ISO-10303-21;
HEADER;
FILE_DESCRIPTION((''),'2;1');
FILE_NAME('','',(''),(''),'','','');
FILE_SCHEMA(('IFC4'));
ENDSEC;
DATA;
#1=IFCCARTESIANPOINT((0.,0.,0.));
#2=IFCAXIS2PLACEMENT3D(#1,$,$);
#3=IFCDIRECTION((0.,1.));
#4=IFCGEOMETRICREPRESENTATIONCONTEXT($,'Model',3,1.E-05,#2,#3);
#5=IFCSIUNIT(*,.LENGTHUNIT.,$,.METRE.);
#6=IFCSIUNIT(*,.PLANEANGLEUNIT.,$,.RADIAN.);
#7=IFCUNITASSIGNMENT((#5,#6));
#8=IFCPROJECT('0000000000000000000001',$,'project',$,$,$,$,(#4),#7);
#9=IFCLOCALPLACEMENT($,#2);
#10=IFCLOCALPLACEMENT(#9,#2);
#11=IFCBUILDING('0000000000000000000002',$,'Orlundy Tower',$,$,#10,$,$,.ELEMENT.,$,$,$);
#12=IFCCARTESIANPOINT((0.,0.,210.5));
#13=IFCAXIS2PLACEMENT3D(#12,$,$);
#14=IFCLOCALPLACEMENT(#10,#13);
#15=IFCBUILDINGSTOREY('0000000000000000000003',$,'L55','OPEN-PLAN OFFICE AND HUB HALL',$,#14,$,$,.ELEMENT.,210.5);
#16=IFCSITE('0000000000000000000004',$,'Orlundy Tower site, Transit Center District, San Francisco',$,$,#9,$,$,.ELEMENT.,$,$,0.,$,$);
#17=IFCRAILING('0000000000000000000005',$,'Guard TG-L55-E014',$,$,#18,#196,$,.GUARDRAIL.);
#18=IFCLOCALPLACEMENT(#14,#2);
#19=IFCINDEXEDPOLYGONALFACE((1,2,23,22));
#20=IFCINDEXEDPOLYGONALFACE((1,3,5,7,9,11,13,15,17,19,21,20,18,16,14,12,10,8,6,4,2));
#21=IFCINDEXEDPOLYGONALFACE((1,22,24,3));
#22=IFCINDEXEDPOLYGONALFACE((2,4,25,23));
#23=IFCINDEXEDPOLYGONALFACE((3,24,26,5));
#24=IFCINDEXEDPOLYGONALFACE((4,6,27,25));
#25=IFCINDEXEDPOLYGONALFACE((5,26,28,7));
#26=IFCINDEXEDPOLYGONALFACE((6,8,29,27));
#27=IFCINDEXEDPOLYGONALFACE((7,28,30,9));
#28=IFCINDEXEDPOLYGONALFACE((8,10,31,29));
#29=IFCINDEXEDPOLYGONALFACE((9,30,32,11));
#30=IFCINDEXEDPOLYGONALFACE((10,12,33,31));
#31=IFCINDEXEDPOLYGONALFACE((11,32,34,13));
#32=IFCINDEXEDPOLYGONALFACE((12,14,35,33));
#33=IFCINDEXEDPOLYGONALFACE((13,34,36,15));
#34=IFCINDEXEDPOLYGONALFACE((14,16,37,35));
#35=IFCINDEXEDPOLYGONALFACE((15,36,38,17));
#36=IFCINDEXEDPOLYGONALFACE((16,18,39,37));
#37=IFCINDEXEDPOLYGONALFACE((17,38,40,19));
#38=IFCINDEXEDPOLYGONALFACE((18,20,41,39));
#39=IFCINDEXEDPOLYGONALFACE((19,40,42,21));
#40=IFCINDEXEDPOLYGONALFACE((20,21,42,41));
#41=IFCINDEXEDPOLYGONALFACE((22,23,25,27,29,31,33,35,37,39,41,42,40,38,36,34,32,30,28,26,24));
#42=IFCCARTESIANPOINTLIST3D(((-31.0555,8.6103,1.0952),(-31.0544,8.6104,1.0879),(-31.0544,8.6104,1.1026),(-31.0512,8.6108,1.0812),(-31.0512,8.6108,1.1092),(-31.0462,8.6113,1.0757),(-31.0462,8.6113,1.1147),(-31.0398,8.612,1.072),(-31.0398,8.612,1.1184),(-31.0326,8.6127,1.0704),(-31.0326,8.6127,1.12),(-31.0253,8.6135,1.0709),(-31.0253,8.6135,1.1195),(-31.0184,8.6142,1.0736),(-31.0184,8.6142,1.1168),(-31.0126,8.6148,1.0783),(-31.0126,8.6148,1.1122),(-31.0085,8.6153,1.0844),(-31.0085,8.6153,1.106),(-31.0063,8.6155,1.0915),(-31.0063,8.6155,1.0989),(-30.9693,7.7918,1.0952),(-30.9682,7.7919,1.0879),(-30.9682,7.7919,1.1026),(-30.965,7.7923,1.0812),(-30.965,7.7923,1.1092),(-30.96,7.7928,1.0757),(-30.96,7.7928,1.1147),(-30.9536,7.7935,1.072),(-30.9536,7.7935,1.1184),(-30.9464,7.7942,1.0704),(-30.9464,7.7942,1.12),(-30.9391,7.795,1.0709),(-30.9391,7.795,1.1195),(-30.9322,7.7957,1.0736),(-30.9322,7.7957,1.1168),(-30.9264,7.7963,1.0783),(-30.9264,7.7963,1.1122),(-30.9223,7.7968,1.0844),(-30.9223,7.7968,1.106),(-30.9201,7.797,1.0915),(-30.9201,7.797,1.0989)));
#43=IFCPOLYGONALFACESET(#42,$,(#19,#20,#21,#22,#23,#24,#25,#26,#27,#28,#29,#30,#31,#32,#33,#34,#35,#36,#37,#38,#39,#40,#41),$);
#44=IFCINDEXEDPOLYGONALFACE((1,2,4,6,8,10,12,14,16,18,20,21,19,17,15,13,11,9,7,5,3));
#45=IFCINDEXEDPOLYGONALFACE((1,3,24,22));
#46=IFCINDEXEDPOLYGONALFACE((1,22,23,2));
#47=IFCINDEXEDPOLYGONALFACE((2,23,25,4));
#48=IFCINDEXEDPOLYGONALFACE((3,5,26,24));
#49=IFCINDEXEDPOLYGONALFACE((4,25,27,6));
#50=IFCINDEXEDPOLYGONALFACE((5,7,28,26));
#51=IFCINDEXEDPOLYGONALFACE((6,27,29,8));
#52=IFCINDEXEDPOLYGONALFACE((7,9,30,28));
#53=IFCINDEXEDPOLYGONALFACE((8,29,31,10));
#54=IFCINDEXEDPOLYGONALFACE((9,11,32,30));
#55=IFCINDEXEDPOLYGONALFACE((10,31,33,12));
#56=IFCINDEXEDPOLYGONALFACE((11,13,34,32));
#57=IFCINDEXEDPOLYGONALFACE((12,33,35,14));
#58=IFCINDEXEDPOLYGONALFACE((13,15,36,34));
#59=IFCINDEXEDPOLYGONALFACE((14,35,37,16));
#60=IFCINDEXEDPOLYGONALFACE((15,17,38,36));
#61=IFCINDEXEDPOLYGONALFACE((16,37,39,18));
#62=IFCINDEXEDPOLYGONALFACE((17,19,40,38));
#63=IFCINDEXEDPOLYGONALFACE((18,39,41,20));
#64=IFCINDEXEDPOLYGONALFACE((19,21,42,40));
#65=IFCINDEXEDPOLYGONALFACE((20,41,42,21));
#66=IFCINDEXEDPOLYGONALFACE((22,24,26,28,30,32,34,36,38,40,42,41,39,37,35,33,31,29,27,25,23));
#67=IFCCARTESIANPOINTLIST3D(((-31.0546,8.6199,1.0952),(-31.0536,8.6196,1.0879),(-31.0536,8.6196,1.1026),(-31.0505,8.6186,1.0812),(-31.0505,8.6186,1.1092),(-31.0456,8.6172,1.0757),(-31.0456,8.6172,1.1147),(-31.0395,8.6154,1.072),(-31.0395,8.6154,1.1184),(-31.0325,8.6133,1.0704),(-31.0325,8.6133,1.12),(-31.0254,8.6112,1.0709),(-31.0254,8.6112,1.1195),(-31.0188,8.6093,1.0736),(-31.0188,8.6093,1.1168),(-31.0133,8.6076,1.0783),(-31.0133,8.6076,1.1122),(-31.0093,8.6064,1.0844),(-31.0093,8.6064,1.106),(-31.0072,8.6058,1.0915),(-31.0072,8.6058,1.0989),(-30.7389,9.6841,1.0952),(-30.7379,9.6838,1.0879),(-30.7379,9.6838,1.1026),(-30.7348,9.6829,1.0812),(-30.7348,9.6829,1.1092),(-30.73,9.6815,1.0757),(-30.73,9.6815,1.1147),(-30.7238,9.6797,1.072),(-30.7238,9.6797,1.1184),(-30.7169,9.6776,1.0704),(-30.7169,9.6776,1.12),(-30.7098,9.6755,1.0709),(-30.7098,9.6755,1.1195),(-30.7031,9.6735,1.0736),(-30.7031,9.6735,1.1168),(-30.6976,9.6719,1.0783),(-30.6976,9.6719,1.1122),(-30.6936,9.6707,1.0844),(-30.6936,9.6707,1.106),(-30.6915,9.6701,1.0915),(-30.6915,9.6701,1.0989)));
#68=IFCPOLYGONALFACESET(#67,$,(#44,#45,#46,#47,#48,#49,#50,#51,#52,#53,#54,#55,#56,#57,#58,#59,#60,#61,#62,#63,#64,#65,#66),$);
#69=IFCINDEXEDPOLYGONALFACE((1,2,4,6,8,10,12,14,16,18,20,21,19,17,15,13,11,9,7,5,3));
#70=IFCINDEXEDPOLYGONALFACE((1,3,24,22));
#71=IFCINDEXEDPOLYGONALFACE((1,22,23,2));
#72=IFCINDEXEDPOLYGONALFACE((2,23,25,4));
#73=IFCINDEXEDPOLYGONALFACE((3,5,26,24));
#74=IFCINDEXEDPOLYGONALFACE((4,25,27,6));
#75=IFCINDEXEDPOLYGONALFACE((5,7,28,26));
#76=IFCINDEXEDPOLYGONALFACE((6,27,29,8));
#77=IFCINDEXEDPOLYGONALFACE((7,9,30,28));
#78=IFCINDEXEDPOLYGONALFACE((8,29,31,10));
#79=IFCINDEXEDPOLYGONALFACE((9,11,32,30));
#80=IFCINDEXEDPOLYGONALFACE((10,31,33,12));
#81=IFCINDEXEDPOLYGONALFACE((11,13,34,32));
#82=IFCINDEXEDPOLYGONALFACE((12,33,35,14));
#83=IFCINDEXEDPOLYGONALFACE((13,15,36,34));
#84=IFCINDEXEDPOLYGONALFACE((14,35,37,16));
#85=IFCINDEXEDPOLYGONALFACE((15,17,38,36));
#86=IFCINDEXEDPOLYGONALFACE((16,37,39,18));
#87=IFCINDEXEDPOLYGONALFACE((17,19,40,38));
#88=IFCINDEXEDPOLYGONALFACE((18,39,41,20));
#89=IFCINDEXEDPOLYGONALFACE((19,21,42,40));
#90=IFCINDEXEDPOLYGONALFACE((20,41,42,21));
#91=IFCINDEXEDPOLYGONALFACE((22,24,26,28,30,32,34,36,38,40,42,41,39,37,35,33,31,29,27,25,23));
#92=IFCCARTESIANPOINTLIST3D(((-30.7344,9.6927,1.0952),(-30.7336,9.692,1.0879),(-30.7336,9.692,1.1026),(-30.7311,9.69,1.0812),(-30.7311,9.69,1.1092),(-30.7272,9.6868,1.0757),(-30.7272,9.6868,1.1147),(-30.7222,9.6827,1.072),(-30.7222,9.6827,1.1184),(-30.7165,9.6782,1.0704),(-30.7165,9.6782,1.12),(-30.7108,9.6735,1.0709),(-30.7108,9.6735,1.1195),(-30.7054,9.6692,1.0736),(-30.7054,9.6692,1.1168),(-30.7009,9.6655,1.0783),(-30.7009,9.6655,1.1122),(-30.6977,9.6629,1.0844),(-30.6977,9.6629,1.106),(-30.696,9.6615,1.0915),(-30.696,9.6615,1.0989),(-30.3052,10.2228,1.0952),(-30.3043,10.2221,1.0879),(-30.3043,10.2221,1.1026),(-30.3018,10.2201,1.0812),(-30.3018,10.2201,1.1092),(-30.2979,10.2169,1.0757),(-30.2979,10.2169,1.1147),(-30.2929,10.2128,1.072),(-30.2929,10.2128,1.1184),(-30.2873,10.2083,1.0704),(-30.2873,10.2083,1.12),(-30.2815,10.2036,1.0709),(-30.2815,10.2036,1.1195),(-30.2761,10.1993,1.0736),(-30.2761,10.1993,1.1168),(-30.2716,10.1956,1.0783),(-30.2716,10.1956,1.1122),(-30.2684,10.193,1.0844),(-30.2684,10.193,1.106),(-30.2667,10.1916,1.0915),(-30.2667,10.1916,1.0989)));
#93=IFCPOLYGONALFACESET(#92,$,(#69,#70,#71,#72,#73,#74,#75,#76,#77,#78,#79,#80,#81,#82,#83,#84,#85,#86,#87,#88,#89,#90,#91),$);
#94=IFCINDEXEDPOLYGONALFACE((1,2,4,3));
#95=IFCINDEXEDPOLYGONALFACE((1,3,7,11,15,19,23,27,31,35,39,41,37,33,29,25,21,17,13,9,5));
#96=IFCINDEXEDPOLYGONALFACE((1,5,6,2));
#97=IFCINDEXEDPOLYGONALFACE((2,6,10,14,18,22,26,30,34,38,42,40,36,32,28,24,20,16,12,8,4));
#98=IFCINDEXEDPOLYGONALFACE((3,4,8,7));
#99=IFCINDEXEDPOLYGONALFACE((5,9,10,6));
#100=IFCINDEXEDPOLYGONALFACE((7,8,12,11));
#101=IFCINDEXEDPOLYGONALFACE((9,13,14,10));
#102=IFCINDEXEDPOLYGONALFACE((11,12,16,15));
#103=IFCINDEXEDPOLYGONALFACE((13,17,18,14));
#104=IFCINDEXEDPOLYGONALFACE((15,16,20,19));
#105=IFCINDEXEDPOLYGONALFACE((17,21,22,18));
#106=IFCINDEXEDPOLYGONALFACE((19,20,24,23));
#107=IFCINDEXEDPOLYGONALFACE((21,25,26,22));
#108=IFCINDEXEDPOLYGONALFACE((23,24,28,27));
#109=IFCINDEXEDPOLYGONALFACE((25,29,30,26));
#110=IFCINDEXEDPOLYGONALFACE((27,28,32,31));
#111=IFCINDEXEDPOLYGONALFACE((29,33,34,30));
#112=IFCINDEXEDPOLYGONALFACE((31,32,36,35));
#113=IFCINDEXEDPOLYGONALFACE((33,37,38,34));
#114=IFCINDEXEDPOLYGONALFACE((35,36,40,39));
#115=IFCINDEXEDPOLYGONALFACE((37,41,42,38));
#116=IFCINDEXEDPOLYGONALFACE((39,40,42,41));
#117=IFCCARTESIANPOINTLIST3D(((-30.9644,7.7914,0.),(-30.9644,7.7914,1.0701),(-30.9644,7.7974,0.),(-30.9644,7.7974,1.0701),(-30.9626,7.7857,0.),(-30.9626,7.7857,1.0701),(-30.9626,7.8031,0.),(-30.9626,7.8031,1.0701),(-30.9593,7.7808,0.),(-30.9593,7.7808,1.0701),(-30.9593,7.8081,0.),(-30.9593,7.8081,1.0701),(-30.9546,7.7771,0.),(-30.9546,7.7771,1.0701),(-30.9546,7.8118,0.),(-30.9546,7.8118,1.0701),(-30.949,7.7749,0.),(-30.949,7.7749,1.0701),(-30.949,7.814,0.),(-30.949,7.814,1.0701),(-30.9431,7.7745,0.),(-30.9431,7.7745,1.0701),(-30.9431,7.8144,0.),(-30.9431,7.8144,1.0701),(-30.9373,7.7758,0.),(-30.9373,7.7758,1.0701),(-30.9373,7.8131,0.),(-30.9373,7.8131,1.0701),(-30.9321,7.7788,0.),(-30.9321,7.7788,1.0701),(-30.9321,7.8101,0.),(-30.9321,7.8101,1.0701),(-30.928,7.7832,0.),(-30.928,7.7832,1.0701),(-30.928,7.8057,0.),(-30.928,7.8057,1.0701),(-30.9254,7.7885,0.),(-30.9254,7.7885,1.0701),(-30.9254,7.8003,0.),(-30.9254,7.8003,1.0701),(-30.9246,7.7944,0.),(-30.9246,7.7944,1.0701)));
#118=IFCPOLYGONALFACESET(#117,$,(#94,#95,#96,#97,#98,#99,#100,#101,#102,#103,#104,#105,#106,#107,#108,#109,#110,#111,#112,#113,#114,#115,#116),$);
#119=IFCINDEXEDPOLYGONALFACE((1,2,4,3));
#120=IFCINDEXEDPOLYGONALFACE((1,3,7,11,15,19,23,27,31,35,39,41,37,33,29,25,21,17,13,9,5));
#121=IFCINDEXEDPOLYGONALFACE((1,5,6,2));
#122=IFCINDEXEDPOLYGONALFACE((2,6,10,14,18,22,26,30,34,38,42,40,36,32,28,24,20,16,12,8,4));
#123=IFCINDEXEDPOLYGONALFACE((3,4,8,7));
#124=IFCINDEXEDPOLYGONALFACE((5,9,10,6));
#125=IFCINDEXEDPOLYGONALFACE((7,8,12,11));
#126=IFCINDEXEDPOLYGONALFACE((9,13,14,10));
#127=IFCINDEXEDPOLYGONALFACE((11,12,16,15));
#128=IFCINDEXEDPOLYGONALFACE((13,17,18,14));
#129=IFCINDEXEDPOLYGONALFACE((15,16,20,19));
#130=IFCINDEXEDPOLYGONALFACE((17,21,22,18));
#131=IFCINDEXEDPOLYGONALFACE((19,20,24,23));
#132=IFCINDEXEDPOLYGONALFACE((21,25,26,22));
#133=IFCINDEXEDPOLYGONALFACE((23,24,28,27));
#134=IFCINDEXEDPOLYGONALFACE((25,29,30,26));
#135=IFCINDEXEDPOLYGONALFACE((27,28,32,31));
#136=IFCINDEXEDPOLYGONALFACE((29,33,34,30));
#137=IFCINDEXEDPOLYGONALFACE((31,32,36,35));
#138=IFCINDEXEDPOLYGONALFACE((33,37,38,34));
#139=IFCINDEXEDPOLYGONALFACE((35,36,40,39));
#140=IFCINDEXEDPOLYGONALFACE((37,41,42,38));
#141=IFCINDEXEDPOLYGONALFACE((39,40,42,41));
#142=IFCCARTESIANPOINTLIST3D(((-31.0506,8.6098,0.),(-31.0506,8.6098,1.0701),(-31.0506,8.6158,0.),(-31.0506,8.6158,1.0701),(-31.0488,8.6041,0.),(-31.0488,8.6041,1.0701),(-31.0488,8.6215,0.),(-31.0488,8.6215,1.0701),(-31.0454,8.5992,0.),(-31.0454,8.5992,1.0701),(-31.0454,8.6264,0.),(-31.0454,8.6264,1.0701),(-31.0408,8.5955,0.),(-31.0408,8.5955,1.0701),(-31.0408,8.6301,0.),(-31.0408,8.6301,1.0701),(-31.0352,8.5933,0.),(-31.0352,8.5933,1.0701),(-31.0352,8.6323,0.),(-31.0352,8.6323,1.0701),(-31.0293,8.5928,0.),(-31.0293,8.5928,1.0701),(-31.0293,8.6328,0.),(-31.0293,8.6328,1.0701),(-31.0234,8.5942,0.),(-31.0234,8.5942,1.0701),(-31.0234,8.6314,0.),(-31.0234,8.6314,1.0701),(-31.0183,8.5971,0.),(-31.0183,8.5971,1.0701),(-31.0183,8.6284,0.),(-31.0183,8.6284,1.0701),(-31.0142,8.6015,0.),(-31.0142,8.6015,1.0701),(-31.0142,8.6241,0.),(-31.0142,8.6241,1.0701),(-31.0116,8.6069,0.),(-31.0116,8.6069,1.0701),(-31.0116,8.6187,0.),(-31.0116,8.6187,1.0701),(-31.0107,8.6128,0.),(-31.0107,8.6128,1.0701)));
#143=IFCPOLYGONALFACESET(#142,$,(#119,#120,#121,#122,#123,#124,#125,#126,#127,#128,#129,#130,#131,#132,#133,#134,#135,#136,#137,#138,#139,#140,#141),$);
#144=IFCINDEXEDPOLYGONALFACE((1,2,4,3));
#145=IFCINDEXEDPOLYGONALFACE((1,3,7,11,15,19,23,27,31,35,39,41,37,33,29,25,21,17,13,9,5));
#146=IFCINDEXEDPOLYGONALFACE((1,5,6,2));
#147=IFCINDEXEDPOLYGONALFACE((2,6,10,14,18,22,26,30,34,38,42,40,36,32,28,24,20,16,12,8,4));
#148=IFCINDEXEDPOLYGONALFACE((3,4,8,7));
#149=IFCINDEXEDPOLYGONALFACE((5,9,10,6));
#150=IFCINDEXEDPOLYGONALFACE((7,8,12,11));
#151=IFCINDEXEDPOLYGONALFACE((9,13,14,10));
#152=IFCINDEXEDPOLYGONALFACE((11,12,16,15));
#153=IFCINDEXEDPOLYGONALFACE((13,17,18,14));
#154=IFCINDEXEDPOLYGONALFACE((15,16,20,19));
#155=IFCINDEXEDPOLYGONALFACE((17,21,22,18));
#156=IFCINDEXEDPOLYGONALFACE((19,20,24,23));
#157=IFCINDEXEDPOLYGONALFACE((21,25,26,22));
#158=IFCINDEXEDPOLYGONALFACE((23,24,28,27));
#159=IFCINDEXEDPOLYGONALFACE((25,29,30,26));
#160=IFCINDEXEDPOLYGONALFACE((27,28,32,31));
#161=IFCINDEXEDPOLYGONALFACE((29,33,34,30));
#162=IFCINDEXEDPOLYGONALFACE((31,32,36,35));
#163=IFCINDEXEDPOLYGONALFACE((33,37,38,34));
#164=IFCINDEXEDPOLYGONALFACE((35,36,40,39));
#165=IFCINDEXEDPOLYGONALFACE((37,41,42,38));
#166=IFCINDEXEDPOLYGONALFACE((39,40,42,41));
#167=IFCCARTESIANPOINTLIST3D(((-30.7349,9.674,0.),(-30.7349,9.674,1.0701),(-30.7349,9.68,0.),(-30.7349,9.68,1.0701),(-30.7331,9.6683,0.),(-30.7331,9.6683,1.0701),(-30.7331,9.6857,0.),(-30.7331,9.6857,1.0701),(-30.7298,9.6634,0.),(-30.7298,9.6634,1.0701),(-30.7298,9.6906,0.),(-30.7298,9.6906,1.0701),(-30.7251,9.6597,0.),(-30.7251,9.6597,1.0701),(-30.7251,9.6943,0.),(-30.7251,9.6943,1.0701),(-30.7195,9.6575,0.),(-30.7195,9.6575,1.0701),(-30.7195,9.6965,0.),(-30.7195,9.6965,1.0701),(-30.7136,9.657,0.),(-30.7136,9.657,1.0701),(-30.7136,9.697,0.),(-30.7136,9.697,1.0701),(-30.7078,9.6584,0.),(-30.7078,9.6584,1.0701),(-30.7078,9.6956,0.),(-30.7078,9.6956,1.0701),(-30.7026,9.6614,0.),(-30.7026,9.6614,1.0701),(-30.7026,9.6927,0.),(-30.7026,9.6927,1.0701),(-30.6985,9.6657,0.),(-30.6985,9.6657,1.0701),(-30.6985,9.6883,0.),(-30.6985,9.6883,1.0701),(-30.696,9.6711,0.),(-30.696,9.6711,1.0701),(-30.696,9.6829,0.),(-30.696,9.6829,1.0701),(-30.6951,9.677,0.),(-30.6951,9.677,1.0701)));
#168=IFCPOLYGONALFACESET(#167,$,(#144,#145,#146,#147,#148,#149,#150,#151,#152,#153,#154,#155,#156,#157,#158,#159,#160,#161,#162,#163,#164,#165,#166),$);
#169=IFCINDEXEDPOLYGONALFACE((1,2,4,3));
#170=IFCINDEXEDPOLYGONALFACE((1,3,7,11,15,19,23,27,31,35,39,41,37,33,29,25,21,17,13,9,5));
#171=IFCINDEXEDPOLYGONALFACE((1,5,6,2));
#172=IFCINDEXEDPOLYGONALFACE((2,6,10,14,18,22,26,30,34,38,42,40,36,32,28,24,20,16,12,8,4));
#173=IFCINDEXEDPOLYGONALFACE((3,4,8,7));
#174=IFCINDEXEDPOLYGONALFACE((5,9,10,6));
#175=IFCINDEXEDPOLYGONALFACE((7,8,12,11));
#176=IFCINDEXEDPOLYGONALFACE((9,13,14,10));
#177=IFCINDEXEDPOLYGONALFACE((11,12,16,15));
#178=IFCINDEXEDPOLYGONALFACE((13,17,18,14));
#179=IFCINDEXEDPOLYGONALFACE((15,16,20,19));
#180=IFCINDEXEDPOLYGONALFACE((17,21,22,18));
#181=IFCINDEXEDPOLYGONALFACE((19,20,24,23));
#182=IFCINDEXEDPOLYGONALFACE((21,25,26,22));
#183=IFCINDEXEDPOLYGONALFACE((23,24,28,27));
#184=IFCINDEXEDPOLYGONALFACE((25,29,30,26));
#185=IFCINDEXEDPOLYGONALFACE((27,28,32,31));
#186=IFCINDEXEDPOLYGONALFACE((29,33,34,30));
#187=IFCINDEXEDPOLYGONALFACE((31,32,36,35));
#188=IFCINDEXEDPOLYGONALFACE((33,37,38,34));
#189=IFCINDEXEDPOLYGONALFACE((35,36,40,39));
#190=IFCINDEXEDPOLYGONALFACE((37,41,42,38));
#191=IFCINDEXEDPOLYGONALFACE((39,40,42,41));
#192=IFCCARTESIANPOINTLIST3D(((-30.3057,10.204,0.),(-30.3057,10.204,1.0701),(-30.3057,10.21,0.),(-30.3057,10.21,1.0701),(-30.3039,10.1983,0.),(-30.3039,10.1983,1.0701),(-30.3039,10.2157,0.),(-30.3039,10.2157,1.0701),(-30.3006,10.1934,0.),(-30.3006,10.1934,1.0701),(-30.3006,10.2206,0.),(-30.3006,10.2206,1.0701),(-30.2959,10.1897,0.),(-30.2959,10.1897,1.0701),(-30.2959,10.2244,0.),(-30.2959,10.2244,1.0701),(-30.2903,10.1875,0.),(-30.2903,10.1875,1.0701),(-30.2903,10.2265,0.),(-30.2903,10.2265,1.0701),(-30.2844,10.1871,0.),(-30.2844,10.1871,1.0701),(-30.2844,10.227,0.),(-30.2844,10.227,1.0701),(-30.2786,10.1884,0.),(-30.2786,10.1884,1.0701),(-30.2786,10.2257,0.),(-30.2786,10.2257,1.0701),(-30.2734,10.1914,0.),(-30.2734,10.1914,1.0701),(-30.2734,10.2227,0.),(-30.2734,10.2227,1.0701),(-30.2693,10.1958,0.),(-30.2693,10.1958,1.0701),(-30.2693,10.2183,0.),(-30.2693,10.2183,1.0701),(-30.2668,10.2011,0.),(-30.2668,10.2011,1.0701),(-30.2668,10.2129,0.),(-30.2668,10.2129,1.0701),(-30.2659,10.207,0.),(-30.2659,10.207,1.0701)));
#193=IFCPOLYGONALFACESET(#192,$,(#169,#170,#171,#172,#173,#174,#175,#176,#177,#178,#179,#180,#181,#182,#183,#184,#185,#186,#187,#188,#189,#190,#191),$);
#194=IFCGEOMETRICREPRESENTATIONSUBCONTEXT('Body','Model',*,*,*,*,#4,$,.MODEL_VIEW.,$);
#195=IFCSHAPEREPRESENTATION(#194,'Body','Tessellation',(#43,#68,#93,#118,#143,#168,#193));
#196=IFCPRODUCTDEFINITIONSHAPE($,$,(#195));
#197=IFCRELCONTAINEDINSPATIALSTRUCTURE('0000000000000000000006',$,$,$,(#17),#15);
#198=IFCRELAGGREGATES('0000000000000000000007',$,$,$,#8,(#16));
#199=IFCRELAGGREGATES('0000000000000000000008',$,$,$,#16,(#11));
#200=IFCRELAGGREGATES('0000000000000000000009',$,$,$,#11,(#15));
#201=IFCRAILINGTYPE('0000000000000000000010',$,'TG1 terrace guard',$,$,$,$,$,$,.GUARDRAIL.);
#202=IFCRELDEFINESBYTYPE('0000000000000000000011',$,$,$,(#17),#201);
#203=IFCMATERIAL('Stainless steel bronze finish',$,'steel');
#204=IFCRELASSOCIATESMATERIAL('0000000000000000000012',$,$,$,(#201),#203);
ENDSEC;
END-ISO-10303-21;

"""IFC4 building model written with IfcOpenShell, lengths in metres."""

from ifc_helpers import new_model, si_unit, direction, frame, origin, origin_2d, place, context, subcontext, project, spatial, circle, extrude, material, type_object, element, save


model = new_model("IFC4")

# Units and contexts
model_context = context("Model", 3, precision=1e-05, world=origin(), true_north=direction((0.0, 1.0)))
body_context = subcontext(model_context, "Body", "Model", "MODEL_VIEW")
ifc_project = project(units=[si_unit("LENGTHUNIT", "METRE"), si_unit("PLANEANGLEUNIT", "RADIAN")], contexts=[model_context])

# Site, building, storey
site_placement = place(None, origin())
site = spatial("IfcSite", under=ifc_project, at=site_placement, Name="Orlundy Tower site, Transit Center District, San Francisco", CompositionType="ELEMENT", RefElevation=0.0)
building_placement = place(site_placement, origin())
building = spatial("IfcBuilding", under=site, at=building_placement, Name="Orlundy Tower", CompositionType="ELEMENT")
storey_placement = place(building_placement, frame((0.0, 0.0, 210.5)))
storey = spatial("IfcBuildingStorey", under=building, at=storey_placement, Name="L55", Description="OPEN-PLAN OFFICE AND HUB HALL", CompositionType="ELEMENT", Elevation=210.5)

# Railing
ifc_material_1 = material(Name="Stainless steel bronze finish", Category="steel")
railing_type_1 = type_object("IfcRailingType", Name="TG1 terrace guard", PredefinedType="GUARDRAIL", material=ifc_material_1)
railing_1_placement = place(storey_placement, frame((-30.9446, 7.7944, 0.0)))
element("IfcRailing", 1, at=railing_1_placement, inside=storey, type_object=railing_type_1, Name="Guard TG-L55-E014", PredefinedType="GUARDRAIL", context=body_context, shape_type="SweptSolid", body=[
    extrude(circle(Radius=0.0249, at=origin_2d()), frame((0.0, 0.0, 1.0952), z_axis=(-0.104731, 0.994501, 0.0), x_axis=(-0.994501, -0.104731, 0.0)), (0.0, 0.0, 1.0), 0.823),
    extrude(circle(Radius=0.0249, at=origin_2d()), frame((-0.0862, 0.8184, 1.0952), z_axis=(0.28438, 0.958712, 0.0), x_axis=(-0.958712, 0.28438, 0.0)), (0.0, 0.0, 1.0), 1.1101),
    extrude(circle(Radius=0.0249, at=origin_2d()), frame((0.2295, 1.8826, 1.0952), z_axis=(0.629311, 0.777153, 0.0), x_axis=(-0.777153, 0.629311, 0.0)), (0.0, 0.0, 1.0), 0.6821),
    extrude(circle(Radius=0.02, at=origin_2d()), origin(), (0.0, 0.0, 1.0), 1.0701),
    extrude(circle(Radius=0.02, at=origin_2d()), frame((-0.0862, 0.8184, 0.0)), (0.0, 0.0, 1.0), 1.0701),
    extrude(circle(Radius=0.02, at=origin_2d()), frame((0.2295, 1.8826, 0.0)), (0.0, 0.0, 1.0), 1.0701),
    extrude(circle(Radius=0.02, at=origin_2d()), frame((0.6587, 2.4126, 0.0)), (0.0, 0.0, 1.0), 1.0701),
])

save(model, "model.ifc")
